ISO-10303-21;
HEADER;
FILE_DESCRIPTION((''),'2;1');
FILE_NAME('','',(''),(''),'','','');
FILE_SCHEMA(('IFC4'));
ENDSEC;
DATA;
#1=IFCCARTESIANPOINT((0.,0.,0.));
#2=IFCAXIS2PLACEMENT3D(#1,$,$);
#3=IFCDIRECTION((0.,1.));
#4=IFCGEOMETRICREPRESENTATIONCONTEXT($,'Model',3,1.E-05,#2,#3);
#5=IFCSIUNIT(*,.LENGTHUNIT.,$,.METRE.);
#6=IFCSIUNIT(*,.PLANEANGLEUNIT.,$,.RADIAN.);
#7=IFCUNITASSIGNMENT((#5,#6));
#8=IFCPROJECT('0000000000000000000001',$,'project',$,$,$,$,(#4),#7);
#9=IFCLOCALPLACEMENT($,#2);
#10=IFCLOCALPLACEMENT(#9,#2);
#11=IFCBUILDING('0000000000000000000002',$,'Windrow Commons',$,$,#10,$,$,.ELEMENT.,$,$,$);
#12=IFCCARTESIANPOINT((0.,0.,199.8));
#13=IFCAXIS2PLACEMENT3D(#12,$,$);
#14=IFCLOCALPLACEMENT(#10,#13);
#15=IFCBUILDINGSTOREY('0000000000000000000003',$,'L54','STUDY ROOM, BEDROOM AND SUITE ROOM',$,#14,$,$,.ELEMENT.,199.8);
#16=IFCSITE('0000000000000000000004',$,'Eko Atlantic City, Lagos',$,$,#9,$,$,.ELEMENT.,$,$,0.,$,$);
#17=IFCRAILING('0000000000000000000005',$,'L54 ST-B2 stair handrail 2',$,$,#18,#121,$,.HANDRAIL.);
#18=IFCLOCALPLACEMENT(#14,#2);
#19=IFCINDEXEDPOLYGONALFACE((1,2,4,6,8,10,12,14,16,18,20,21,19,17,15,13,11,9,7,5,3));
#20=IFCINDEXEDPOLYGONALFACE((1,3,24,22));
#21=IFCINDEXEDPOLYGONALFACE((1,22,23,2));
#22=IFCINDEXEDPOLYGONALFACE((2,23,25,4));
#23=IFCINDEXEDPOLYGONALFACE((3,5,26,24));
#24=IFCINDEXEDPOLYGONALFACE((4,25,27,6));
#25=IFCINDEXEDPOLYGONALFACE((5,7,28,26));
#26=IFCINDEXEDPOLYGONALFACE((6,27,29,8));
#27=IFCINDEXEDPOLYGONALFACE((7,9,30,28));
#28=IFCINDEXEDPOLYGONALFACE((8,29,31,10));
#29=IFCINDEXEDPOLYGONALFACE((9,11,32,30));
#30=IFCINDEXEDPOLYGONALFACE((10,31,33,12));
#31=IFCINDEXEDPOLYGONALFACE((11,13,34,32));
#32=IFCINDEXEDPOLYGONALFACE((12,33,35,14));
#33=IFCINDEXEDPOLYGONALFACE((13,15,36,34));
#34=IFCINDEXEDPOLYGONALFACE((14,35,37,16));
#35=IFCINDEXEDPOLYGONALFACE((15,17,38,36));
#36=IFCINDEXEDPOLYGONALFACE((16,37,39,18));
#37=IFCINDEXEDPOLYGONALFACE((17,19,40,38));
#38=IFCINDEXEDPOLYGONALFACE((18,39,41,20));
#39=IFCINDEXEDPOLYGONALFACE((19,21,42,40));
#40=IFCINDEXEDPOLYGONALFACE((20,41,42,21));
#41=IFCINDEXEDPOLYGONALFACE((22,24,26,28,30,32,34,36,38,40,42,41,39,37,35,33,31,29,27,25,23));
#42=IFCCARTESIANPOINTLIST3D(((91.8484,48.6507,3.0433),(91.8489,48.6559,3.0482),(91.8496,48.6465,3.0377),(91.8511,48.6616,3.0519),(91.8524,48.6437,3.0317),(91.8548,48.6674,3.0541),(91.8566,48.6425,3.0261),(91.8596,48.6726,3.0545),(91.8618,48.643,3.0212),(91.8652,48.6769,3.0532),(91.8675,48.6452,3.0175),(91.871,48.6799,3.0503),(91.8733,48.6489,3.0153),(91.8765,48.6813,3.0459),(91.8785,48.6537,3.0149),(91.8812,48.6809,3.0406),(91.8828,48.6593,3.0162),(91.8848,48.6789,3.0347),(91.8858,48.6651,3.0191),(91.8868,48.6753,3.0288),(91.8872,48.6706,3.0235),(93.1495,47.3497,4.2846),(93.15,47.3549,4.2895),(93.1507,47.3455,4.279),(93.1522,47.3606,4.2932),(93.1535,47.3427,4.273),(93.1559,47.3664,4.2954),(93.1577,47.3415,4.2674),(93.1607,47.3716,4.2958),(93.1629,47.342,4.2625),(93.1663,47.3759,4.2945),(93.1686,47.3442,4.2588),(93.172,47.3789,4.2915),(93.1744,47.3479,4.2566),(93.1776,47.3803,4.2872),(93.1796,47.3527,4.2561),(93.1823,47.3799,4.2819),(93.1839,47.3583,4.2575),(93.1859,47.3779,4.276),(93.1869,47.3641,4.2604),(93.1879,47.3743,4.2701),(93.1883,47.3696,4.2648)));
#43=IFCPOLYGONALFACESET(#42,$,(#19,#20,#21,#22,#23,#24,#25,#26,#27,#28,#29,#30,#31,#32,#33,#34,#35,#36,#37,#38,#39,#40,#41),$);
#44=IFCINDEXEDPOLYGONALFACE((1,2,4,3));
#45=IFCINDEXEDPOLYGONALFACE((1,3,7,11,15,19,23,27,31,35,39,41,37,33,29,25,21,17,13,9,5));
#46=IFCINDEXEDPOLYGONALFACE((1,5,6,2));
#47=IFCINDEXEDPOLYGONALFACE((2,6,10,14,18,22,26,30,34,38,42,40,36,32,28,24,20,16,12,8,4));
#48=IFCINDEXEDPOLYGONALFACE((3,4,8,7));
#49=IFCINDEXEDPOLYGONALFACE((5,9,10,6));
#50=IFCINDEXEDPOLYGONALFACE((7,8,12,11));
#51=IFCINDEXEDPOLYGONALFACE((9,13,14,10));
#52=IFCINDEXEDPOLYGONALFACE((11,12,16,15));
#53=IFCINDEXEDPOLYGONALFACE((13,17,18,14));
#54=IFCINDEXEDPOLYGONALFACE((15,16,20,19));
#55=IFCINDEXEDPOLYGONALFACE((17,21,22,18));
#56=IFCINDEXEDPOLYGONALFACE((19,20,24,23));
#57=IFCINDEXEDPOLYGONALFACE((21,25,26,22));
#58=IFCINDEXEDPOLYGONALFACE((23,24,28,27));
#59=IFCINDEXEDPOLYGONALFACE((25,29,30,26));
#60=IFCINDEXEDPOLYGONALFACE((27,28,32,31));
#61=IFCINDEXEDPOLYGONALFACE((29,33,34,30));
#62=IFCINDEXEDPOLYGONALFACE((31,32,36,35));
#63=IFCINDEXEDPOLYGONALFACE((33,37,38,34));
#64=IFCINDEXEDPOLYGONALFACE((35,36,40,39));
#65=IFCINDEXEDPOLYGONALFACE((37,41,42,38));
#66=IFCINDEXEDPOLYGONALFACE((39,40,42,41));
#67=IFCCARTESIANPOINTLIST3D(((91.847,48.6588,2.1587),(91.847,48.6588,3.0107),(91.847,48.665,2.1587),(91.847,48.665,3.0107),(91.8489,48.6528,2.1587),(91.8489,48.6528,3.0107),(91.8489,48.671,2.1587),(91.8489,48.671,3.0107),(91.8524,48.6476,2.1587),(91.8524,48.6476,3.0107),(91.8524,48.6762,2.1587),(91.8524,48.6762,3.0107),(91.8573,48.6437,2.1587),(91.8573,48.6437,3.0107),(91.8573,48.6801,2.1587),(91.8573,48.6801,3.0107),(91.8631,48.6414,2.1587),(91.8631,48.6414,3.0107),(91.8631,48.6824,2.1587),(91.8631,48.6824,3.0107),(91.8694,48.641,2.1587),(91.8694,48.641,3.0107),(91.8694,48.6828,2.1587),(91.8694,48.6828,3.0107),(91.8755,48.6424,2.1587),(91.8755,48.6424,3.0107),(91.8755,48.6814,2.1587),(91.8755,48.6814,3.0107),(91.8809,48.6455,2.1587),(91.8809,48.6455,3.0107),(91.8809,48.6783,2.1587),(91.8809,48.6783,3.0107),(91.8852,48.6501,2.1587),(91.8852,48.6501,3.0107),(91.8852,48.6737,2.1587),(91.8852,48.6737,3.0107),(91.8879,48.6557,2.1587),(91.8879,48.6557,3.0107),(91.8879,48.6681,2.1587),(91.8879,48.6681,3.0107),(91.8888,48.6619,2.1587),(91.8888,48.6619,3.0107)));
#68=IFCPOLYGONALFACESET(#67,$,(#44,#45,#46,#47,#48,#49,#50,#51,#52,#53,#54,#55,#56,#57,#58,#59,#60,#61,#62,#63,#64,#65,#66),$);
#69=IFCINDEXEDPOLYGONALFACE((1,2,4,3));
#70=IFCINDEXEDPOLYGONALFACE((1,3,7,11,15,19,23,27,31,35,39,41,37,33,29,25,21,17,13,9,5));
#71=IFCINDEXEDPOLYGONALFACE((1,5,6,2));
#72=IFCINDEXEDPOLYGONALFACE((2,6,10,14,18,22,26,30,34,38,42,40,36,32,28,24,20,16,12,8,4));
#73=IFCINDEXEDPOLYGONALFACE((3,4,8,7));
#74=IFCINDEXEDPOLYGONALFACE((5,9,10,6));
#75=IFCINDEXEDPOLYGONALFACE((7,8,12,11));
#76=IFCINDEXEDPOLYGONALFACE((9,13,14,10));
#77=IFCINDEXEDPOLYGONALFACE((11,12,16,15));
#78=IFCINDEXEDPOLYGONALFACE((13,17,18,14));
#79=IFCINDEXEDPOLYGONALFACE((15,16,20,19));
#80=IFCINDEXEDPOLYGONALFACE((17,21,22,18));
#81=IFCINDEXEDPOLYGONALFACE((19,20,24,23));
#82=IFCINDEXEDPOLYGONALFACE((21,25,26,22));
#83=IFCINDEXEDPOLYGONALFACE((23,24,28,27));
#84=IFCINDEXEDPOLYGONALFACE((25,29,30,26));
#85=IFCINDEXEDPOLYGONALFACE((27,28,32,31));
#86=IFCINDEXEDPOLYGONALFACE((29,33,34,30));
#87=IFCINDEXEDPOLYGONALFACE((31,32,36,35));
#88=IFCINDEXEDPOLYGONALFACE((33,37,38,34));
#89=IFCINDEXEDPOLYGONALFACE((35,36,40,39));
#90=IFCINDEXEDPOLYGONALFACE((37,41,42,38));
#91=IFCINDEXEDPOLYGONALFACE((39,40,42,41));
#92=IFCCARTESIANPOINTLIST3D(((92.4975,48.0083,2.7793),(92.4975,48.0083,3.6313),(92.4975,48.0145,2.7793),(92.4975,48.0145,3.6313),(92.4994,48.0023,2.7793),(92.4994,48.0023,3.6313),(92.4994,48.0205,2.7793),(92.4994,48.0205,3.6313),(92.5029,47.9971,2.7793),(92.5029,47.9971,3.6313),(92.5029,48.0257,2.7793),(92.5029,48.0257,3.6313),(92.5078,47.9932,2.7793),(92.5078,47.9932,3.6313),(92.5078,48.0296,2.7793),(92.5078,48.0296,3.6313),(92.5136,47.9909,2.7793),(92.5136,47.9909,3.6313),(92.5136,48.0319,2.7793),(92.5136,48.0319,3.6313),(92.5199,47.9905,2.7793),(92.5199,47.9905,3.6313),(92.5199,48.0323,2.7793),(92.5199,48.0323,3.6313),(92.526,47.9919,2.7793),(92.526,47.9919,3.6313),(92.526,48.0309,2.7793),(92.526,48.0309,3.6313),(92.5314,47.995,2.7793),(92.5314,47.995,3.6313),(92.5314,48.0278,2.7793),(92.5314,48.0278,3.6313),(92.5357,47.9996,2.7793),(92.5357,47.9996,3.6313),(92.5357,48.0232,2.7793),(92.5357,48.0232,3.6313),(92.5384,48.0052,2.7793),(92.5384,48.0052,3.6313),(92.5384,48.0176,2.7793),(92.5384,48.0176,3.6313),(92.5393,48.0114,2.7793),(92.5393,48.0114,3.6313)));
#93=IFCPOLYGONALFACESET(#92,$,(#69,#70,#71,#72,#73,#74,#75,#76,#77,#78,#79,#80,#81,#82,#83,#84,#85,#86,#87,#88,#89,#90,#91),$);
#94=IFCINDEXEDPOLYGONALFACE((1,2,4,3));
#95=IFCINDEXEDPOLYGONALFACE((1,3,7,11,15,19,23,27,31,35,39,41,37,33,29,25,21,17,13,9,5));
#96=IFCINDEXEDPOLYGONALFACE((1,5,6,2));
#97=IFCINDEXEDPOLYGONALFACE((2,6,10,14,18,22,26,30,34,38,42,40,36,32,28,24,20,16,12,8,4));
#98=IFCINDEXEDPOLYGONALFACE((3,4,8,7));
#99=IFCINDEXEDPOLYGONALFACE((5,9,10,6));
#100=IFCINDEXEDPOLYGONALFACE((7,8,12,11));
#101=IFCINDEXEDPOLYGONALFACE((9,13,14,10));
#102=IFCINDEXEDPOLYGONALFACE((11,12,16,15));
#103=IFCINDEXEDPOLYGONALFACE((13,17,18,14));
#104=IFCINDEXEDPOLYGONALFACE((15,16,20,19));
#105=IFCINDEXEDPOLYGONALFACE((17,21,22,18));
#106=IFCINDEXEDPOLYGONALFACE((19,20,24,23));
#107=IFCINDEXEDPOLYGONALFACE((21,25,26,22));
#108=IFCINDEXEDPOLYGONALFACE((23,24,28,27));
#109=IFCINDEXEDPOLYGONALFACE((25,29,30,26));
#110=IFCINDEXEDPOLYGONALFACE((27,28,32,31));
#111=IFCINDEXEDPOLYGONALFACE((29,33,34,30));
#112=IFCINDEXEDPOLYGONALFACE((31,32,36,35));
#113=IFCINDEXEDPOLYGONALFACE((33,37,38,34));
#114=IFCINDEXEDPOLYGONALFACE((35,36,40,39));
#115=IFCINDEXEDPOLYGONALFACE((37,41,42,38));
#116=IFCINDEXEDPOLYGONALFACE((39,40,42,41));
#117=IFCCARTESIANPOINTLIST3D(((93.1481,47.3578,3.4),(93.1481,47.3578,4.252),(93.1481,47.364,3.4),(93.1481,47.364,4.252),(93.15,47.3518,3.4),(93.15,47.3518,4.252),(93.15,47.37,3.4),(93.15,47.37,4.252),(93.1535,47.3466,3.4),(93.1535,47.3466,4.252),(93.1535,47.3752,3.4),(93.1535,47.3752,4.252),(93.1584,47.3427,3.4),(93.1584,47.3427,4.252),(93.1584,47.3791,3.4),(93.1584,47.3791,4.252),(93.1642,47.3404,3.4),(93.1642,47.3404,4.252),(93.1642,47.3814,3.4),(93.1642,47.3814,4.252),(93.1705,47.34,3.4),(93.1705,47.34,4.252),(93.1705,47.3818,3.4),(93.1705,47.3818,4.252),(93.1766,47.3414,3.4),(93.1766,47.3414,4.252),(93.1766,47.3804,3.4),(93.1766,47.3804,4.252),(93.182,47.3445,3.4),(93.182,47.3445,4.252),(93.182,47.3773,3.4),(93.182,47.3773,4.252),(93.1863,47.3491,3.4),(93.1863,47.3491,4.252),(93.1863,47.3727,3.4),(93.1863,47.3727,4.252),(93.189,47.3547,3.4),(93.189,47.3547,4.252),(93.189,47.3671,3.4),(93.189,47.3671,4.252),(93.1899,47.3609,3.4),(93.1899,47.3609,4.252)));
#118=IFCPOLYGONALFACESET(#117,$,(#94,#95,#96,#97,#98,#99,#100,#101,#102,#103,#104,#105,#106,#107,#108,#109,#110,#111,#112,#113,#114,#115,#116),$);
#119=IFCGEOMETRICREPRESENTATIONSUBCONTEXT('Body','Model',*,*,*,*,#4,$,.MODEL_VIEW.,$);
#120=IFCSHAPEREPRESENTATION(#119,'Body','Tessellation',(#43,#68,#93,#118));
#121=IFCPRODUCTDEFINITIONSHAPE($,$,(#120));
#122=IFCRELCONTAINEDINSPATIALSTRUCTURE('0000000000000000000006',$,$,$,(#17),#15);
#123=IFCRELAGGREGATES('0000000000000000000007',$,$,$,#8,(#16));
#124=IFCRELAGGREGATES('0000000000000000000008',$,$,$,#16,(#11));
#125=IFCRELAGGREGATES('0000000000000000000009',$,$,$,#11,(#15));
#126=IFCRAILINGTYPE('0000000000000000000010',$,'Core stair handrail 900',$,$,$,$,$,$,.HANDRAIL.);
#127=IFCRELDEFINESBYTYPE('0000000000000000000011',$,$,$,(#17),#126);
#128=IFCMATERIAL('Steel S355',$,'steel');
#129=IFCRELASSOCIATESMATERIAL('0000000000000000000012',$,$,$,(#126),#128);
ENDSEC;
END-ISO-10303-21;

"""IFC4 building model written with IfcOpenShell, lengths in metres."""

from ifc_helpers import new_model, si_unit, direction, frame, origin, origin_2d, place, context, subcontext, project, spatial, circle, extrude, material, type_object, element, save


model = new_model("IFC4")

# Units and contexts
model_context = context("Model", 3, precision=1e-05, world=origin(), true_north=direction((0.0, 1.0)))
body_context = subcontext(model_context, "Body", "Model", "MODEL_VIEW")
ifc_project = project(units=[si_unit("LENGTHUNIT", "METRE"), si_unit("PLANEANGLEUNIT", "RADIAN")], contexts=[model_context])

# Site, building, storey
site_placement = place(None, origin())
site = spatial("IfcSite", under=ifc_project, at=site_placement, Name="Eko Atlantic City, Lagos", CompositionType="ELEMENT", RefElevation=0.0)
building_placement = place(site_placement, origin())
building = spatial("IfcBuilding", under=site, at=building_placement, Name="Windrow Commons", CompositionType="ELEMENT")
storey_placement = place(building_placement, frame((0.0, 0.0, 199.8)))
storey = spatial("IfcBuildingStorey", under=building, at=storey_placement, Name="L54", Description="STUDY ROOM, BEDROOM AND SUITE ROOM", CompositionType="ELEMENT", Elevation=199.8)

# Railing
ifc_material_1 = material(Name="Steel S355", Category="steel")
railing_type_1 = type_object("IfcRailingType", Name="Core stair handrail 900", PredefinedType="HANDRAIL", material=ifc_material_1)
railing_1_placement = place(storey_placement, frame((91.8678, 48.6619, 2.1587)))
element("IfcRailing", 1, at=railing_1_placement, inside=storey, type_object=railing_type_1, Name="L54 ST-B2 stair handrail 2", PredefinedType="HANDRAIL", context=body_context, shape_type="SweptSolid", body=[
    extrude(circle(Radius=0.024, at=origin_2d()), frame((0.0, 0.0, 0.876), z_axis=(0.586207, -0.586162, 0.559264), x_axis=(0.70708, 0.707134, 0.0)), (0.0, 0.0, 1.0), 2.2195),
    extrude(circle(Radius=0.021, at=origin_2d()), origin(), (0.0, 0.0, 1.0), 0.852),
    extrude(circle(Radius=0.021, at=origin_2d()), frame((0.6505, -0.6505, 0.6206)), (0.0, 0.0, 1.0), 0.852),
    extrude(circle(Radius=0.021, at=origin_2d()), frame((1.3011, -1.301, 1.2413)), (0.0, 0.0, 1.0), 0.852),
])

save(model, "model.ifc")
